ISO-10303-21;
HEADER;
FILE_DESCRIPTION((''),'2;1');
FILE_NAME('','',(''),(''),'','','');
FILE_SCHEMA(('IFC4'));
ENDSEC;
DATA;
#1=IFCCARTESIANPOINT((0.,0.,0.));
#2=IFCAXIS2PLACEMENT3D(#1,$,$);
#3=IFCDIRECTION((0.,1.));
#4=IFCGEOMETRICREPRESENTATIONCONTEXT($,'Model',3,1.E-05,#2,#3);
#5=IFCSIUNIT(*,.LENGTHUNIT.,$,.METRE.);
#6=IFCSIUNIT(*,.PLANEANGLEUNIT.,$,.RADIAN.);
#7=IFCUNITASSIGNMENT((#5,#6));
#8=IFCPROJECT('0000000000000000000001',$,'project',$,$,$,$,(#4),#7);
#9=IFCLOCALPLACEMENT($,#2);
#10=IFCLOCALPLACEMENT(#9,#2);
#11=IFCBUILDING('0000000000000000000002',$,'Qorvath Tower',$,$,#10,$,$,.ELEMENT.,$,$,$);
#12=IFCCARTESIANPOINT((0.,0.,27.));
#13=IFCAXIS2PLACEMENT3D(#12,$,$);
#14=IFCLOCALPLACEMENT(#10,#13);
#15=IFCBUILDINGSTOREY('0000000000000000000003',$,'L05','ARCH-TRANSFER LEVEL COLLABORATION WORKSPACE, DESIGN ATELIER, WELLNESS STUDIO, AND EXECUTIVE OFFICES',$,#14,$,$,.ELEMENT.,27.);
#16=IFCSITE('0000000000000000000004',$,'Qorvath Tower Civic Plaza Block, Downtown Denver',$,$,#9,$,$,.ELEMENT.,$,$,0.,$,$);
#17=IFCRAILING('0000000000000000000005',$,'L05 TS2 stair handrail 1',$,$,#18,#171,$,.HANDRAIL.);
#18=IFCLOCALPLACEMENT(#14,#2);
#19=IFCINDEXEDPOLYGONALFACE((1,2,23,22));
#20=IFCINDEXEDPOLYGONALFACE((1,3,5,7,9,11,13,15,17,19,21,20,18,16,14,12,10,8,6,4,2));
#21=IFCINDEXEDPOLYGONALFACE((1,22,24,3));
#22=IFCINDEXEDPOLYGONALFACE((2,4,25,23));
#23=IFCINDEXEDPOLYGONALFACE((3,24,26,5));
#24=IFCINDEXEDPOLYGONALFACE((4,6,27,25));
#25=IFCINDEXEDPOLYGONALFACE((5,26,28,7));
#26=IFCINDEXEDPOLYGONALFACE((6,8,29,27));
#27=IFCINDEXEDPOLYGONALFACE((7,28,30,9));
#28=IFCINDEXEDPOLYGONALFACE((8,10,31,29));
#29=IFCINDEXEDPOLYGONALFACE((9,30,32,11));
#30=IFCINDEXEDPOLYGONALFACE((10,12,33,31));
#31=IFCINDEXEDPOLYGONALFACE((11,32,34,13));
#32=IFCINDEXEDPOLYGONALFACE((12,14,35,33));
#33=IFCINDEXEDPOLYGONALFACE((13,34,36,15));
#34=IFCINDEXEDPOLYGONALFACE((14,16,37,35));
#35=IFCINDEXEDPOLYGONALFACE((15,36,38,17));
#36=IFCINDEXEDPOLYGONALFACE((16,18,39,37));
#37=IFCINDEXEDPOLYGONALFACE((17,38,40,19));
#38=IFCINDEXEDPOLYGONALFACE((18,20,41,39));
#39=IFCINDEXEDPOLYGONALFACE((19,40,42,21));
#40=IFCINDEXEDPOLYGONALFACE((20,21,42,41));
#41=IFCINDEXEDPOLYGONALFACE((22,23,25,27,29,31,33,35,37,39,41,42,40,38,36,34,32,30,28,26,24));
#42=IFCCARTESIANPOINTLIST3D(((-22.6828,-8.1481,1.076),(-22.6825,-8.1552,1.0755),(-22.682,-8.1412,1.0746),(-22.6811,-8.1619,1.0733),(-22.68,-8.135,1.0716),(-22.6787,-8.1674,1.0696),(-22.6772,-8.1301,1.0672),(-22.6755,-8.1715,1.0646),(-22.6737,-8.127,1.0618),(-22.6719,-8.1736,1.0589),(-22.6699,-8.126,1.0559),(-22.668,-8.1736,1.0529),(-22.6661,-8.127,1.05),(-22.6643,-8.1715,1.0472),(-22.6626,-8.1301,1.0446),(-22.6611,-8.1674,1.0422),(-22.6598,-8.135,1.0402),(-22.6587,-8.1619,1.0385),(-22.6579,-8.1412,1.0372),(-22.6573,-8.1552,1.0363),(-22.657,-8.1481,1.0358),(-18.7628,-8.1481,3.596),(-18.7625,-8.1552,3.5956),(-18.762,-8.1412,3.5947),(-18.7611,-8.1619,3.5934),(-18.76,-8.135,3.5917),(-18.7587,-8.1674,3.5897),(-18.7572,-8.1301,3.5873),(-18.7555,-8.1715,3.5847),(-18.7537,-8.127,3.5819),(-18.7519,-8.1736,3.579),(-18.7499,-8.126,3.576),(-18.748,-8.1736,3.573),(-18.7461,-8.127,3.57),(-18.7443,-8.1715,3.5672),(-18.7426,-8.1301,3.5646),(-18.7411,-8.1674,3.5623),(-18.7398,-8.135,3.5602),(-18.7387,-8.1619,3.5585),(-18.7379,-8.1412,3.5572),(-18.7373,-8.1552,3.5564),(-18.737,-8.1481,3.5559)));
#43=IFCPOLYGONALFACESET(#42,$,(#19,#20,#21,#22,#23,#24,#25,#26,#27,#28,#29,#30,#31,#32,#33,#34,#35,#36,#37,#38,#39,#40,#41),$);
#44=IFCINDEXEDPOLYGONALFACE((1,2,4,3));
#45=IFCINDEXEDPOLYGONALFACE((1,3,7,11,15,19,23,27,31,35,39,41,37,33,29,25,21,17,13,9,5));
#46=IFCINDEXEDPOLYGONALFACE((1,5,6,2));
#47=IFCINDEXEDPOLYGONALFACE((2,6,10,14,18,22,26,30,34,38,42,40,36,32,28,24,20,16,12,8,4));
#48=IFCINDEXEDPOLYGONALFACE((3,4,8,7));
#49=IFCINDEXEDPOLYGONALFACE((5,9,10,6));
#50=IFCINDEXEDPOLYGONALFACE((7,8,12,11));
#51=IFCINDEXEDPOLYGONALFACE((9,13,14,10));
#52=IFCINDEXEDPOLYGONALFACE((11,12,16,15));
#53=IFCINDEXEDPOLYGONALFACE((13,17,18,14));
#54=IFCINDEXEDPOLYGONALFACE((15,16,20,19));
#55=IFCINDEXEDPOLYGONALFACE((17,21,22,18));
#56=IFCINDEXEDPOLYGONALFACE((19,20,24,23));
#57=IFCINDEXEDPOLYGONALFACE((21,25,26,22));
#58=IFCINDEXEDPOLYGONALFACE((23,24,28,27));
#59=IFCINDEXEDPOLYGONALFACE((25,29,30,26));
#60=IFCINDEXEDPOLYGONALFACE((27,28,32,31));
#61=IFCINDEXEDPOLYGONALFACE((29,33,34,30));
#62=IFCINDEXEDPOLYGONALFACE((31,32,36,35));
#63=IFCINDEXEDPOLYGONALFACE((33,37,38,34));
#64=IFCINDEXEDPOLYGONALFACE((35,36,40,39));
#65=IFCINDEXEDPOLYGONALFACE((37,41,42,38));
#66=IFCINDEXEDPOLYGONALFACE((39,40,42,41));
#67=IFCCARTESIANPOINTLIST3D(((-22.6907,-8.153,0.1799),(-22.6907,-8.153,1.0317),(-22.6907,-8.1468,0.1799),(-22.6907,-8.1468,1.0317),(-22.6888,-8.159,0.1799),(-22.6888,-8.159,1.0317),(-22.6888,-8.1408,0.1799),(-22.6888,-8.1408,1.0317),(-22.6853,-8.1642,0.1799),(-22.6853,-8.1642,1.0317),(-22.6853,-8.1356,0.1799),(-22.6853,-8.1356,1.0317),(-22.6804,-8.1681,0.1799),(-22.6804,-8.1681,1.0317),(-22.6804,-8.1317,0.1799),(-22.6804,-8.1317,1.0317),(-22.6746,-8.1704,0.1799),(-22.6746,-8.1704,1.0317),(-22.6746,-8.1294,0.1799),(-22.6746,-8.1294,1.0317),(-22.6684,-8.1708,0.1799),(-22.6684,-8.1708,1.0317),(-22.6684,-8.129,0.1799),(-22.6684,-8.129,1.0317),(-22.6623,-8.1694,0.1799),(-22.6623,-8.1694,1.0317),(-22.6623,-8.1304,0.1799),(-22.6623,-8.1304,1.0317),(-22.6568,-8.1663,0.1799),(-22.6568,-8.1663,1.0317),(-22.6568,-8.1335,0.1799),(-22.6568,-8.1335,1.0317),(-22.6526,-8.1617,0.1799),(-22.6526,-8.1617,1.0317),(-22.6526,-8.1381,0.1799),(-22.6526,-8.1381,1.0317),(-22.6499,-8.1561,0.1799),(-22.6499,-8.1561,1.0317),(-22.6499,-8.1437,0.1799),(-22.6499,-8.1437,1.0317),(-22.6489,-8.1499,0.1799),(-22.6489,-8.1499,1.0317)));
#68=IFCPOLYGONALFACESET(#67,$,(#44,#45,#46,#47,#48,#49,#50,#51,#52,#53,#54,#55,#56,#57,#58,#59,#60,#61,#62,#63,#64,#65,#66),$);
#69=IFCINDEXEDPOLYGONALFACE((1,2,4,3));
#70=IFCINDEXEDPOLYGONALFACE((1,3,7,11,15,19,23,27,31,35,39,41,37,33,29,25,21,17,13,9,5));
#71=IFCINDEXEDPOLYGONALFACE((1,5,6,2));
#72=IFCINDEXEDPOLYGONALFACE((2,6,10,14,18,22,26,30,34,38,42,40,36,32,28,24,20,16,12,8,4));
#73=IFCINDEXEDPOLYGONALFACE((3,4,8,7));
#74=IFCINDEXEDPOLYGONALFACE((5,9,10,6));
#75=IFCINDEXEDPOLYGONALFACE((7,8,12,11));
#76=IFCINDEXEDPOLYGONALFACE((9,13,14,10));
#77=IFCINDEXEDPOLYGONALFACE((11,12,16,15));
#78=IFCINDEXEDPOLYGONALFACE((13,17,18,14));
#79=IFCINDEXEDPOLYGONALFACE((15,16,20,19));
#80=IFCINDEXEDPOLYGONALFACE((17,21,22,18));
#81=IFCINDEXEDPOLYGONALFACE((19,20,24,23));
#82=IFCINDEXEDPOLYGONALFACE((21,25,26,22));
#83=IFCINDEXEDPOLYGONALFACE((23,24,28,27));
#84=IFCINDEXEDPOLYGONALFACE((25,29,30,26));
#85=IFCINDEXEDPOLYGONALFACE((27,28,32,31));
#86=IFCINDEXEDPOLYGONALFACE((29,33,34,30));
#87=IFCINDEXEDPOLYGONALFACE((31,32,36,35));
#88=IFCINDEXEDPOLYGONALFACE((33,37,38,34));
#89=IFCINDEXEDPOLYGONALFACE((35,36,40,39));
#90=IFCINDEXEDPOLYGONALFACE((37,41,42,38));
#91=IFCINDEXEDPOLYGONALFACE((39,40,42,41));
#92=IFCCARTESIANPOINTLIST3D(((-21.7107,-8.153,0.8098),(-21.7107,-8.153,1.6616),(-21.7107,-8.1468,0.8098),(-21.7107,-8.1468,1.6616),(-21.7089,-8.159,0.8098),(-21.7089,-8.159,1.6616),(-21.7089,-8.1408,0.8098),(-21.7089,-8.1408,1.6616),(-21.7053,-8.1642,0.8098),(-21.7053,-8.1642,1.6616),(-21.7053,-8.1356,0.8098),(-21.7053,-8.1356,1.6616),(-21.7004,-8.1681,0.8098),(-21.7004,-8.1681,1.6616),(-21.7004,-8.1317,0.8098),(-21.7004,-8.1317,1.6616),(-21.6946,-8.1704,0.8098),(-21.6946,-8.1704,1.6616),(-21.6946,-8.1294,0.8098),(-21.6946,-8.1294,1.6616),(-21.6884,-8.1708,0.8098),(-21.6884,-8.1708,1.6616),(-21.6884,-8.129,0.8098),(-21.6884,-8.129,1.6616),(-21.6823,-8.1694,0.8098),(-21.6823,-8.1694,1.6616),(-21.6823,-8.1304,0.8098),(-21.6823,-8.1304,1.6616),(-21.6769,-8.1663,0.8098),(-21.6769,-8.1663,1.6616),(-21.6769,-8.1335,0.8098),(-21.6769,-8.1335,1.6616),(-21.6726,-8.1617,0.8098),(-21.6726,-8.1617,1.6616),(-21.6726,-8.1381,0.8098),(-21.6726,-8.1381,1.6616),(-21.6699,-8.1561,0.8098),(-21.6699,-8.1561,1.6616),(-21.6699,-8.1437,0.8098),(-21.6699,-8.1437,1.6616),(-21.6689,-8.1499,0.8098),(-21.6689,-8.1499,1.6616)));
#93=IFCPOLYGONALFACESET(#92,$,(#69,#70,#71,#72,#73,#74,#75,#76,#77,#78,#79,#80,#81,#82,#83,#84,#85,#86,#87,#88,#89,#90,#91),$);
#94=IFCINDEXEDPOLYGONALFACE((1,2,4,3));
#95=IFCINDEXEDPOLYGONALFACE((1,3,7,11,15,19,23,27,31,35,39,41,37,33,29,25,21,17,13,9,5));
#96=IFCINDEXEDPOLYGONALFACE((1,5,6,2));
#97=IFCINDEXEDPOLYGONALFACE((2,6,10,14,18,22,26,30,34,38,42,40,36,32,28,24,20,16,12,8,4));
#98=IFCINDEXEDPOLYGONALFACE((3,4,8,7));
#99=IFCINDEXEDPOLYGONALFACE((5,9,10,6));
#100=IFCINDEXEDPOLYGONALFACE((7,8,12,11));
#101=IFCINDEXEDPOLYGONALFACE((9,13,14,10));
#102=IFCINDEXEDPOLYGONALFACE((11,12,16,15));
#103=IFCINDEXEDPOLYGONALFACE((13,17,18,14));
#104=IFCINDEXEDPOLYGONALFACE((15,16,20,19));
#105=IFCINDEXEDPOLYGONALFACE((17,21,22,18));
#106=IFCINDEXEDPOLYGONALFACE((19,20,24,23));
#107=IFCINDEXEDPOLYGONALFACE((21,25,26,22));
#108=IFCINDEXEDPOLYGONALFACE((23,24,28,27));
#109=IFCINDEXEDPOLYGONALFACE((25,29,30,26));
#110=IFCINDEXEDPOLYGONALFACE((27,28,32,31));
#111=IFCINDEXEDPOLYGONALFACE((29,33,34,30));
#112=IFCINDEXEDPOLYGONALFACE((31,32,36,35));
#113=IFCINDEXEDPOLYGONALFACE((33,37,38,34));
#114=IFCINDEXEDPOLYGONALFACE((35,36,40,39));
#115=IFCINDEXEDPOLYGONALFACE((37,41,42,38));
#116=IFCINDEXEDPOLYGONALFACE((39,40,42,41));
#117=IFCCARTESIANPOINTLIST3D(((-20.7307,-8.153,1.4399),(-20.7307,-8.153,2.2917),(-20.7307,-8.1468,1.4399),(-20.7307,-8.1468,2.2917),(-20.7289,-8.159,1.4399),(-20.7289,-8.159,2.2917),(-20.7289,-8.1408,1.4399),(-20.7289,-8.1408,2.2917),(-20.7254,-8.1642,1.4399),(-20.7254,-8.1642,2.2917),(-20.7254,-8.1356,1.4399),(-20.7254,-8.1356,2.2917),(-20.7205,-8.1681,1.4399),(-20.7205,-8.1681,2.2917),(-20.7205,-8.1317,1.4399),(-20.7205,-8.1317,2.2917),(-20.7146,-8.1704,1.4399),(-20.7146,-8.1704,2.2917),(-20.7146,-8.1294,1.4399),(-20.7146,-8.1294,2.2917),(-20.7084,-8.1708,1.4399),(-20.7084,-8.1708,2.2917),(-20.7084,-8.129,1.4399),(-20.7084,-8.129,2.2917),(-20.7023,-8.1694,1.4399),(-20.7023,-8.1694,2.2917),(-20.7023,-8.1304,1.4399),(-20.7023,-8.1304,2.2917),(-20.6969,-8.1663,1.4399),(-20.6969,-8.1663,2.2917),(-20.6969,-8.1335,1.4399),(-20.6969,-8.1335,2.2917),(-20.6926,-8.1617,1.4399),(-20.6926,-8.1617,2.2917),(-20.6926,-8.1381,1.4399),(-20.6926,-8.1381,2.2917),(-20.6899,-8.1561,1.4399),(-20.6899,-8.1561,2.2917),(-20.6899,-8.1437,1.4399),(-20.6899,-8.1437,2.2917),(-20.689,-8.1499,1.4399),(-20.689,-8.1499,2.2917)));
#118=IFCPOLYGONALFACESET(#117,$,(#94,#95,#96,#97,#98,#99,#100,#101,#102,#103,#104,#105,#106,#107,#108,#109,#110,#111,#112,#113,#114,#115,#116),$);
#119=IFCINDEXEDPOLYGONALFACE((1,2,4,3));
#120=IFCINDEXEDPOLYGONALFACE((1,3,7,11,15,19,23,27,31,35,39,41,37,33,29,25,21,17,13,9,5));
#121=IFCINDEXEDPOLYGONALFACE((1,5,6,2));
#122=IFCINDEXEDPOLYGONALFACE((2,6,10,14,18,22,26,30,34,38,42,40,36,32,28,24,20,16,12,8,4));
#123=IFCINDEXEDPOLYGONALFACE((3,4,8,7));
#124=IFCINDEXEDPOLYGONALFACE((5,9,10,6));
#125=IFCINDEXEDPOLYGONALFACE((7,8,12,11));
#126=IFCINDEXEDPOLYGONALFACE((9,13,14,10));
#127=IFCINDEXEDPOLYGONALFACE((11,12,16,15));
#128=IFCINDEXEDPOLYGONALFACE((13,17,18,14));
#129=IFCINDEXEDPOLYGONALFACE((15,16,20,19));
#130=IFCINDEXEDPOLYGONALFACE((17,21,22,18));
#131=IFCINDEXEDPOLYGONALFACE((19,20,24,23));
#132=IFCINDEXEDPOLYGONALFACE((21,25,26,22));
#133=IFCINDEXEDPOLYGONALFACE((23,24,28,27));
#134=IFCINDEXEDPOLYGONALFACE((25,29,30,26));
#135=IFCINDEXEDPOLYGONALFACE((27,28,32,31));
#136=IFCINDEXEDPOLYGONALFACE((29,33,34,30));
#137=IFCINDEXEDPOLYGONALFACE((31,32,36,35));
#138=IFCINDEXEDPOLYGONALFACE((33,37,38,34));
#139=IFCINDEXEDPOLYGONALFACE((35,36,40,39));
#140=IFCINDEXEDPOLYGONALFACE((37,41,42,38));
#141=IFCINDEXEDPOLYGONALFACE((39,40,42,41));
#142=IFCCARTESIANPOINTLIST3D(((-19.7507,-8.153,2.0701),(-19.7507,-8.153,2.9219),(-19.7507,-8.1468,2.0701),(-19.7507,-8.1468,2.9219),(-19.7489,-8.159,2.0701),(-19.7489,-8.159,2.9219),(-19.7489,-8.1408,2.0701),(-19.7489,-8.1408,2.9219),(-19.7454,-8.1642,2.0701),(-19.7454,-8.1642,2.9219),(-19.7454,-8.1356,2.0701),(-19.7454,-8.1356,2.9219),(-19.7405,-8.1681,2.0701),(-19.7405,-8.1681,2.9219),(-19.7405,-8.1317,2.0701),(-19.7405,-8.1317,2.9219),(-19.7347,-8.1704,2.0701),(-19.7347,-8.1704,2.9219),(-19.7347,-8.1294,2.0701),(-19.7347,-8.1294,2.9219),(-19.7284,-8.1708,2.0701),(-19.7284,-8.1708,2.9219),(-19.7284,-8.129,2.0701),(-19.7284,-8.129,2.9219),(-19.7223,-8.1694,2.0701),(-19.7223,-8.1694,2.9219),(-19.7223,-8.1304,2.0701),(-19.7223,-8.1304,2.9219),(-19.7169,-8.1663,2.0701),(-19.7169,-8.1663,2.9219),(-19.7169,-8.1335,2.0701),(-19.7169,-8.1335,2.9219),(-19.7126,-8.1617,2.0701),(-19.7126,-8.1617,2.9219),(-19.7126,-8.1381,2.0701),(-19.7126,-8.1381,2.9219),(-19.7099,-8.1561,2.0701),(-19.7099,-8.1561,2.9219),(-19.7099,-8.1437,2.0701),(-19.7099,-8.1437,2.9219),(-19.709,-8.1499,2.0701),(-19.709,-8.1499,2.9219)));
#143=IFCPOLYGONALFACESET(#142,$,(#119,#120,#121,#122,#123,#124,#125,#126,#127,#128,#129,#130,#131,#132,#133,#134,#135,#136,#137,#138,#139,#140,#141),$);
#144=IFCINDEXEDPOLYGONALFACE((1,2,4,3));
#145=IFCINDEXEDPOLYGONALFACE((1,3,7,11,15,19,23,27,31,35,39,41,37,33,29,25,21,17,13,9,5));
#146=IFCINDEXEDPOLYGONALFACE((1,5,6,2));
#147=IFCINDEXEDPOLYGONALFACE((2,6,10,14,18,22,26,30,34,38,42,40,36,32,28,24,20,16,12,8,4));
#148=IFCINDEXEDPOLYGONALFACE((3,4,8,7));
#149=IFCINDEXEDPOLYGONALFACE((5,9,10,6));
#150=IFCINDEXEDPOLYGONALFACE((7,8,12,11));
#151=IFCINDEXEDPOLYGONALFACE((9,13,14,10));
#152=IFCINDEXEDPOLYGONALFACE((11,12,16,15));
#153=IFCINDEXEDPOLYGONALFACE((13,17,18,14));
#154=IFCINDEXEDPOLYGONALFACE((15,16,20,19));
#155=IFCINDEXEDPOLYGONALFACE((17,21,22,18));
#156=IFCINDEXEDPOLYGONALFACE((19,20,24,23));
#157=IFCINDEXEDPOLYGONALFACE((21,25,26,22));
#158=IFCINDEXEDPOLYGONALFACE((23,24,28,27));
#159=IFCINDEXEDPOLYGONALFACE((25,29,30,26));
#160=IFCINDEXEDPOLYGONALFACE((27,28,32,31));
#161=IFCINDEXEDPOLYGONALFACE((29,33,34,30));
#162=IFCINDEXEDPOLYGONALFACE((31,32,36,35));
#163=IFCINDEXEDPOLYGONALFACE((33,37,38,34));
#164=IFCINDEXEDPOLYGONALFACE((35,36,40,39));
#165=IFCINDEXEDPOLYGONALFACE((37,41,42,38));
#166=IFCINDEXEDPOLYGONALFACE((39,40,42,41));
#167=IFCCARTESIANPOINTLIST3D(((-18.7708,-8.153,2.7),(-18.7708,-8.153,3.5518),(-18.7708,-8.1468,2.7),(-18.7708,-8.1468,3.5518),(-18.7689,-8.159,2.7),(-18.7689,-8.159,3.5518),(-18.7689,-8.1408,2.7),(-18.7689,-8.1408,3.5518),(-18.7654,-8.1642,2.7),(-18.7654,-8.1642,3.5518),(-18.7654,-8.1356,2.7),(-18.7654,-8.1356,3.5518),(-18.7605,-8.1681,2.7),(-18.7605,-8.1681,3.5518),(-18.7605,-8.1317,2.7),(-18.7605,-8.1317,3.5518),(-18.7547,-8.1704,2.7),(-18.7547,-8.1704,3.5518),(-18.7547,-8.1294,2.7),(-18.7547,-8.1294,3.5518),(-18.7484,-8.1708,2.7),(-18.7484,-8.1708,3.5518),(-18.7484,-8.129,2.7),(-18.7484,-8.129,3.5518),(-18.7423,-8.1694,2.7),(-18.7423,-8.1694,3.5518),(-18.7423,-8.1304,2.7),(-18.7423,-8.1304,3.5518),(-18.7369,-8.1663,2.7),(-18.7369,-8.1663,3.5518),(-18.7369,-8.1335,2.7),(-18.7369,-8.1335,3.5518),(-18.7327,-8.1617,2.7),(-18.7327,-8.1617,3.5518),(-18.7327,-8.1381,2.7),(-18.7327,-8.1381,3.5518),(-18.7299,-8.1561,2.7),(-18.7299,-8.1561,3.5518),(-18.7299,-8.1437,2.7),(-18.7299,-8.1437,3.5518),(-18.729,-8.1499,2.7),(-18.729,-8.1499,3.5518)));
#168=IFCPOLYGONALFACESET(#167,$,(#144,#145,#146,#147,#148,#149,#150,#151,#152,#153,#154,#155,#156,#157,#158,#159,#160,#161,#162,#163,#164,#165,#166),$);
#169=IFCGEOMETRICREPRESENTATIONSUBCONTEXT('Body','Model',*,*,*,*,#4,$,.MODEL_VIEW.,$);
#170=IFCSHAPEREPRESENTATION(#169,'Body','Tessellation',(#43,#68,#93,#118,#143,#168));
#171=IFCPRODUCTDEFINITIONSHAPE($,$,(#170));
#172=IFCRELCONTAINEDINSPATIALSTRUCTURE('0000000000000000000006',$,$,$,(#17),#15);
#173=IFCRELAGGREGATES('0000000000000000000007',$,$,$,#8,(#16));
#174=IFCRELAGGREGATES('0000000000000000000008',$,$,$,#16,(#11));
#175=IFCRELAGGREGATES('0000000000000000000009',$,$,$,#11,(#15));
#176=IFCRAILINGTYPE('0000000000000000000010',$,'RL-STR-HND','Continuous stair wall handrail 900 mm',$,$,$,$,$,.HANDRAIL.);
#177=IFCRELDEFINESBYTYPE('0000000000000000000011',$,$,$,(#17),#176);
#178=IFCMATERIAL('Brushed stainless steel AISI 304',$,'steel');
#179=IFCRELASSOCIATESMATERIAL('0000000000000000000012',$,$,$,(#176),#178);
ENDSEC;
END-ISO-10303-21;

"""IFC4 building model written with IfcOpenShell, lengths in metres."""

from ifc_helpers import new_model, si_unit, direction, frame, origin, origin_2d, place, context, subcontext, project, spatial, circle, extrude, material, type_object, element, save


model = new_model("IFC4")

# Units and contexts
model_context = context("Model", 3, precision=1e-05, world=origin(), true_north=direction((0.0, 1.0)))
body_context = subcontext(model_context, "Body", "Model", "MODEL_VIEW")
ifc_project = project(units=[si_unit("LENGTHUNIT", "METRE"), si_unit("PLANEANGLEUNIT", "RADIAN")], contexts=[model_context])

# Site, building, storey
site_placement = place(None, origin())
site = spatial("IfcSite", under=ifc_project, at=site_placement, Name="Qorvath Tower Civic Plaza Block, Downtown Denver", CompositionType="ELEMENT", RefElevation=0.0)
building_placement = place(site_placement, origin())
building = spatial("IfcBuilding", under=site, at=building_placement, Name="Qorvath Tower", CompositionType="ELEMENT")
storey_placement = place(building_placement, frame((0.0, 0.0, 27.0)))
storey = spatial("IfcBuildingStorey", under=building, at=storey_placement, Name="L05", Description="ARCH-TRANSFER LEVEL COLLABORATION WORKSPACE, DESIGN ATELIER, WELLNESS STUDIO, AND EXECUTIVE OFFICES", CompositionType="ELEMENT", Elevation=27.0)

# Railing
ifc_material_1 = material(Name="Brushed stainless steel AISI 304", Category="steel")
railing_type = type_object("IfcRailingType", Name="RL-STR-HND", Description="Continuous stair wall handrail 900 mm", PredefinedType="HANDRAIL", material=ifc_material_1)
railing_placement = place(storey_placement, frame((-22.6699, -8.1499, 0.1799)))
element("IfcRailing", 1, at=railing_placement, inside=storey, type_object=railing_type, Name="L05 TS2 stair handrail 1", PredefinedType="HANDRAIL", context=body_context, shape_type="SweptSolid", body=[
    extrude(circle(Radius=0.0239, at=origin_2d()), frame((0.0, 0.0, 0.876), z_axis=(0.841172, 0.0, 0.540768), x_axis=(0.0, 1.0, 0.0)), (0.0, 0.0, 1.0), 4.6602),
    extrude(circle(Radius=0.021, at=origin_2d()), origin(), (0.0, 0.0, 1.0), 0.8518),
    extrude(circle(Radius=0.021, at=origin_2d()), frame((0.98, 0.0, 0.6299)), (0.0, 0.0, 1.0), 0.8518),
    extrude(circle(Radius=0.021, at=origin_2d()), frame((1.96, 0.0, 1.26)), (0.0, 0.0, 1.0), 0.8518),
    extrude(circle(Radius=0.021, at=origin_2d()), frame((2.9399, 0.0, 1.8901)), (0.0, 0.0, 1.0), 0.8518),
    extrude(circle(Radius=0.021, at=origin_2d()), frame((3.9199, 0.0, 2.52)), (0.0, 0.0, 1.0), 0.8518),
])

save(model, "model.ifc")
